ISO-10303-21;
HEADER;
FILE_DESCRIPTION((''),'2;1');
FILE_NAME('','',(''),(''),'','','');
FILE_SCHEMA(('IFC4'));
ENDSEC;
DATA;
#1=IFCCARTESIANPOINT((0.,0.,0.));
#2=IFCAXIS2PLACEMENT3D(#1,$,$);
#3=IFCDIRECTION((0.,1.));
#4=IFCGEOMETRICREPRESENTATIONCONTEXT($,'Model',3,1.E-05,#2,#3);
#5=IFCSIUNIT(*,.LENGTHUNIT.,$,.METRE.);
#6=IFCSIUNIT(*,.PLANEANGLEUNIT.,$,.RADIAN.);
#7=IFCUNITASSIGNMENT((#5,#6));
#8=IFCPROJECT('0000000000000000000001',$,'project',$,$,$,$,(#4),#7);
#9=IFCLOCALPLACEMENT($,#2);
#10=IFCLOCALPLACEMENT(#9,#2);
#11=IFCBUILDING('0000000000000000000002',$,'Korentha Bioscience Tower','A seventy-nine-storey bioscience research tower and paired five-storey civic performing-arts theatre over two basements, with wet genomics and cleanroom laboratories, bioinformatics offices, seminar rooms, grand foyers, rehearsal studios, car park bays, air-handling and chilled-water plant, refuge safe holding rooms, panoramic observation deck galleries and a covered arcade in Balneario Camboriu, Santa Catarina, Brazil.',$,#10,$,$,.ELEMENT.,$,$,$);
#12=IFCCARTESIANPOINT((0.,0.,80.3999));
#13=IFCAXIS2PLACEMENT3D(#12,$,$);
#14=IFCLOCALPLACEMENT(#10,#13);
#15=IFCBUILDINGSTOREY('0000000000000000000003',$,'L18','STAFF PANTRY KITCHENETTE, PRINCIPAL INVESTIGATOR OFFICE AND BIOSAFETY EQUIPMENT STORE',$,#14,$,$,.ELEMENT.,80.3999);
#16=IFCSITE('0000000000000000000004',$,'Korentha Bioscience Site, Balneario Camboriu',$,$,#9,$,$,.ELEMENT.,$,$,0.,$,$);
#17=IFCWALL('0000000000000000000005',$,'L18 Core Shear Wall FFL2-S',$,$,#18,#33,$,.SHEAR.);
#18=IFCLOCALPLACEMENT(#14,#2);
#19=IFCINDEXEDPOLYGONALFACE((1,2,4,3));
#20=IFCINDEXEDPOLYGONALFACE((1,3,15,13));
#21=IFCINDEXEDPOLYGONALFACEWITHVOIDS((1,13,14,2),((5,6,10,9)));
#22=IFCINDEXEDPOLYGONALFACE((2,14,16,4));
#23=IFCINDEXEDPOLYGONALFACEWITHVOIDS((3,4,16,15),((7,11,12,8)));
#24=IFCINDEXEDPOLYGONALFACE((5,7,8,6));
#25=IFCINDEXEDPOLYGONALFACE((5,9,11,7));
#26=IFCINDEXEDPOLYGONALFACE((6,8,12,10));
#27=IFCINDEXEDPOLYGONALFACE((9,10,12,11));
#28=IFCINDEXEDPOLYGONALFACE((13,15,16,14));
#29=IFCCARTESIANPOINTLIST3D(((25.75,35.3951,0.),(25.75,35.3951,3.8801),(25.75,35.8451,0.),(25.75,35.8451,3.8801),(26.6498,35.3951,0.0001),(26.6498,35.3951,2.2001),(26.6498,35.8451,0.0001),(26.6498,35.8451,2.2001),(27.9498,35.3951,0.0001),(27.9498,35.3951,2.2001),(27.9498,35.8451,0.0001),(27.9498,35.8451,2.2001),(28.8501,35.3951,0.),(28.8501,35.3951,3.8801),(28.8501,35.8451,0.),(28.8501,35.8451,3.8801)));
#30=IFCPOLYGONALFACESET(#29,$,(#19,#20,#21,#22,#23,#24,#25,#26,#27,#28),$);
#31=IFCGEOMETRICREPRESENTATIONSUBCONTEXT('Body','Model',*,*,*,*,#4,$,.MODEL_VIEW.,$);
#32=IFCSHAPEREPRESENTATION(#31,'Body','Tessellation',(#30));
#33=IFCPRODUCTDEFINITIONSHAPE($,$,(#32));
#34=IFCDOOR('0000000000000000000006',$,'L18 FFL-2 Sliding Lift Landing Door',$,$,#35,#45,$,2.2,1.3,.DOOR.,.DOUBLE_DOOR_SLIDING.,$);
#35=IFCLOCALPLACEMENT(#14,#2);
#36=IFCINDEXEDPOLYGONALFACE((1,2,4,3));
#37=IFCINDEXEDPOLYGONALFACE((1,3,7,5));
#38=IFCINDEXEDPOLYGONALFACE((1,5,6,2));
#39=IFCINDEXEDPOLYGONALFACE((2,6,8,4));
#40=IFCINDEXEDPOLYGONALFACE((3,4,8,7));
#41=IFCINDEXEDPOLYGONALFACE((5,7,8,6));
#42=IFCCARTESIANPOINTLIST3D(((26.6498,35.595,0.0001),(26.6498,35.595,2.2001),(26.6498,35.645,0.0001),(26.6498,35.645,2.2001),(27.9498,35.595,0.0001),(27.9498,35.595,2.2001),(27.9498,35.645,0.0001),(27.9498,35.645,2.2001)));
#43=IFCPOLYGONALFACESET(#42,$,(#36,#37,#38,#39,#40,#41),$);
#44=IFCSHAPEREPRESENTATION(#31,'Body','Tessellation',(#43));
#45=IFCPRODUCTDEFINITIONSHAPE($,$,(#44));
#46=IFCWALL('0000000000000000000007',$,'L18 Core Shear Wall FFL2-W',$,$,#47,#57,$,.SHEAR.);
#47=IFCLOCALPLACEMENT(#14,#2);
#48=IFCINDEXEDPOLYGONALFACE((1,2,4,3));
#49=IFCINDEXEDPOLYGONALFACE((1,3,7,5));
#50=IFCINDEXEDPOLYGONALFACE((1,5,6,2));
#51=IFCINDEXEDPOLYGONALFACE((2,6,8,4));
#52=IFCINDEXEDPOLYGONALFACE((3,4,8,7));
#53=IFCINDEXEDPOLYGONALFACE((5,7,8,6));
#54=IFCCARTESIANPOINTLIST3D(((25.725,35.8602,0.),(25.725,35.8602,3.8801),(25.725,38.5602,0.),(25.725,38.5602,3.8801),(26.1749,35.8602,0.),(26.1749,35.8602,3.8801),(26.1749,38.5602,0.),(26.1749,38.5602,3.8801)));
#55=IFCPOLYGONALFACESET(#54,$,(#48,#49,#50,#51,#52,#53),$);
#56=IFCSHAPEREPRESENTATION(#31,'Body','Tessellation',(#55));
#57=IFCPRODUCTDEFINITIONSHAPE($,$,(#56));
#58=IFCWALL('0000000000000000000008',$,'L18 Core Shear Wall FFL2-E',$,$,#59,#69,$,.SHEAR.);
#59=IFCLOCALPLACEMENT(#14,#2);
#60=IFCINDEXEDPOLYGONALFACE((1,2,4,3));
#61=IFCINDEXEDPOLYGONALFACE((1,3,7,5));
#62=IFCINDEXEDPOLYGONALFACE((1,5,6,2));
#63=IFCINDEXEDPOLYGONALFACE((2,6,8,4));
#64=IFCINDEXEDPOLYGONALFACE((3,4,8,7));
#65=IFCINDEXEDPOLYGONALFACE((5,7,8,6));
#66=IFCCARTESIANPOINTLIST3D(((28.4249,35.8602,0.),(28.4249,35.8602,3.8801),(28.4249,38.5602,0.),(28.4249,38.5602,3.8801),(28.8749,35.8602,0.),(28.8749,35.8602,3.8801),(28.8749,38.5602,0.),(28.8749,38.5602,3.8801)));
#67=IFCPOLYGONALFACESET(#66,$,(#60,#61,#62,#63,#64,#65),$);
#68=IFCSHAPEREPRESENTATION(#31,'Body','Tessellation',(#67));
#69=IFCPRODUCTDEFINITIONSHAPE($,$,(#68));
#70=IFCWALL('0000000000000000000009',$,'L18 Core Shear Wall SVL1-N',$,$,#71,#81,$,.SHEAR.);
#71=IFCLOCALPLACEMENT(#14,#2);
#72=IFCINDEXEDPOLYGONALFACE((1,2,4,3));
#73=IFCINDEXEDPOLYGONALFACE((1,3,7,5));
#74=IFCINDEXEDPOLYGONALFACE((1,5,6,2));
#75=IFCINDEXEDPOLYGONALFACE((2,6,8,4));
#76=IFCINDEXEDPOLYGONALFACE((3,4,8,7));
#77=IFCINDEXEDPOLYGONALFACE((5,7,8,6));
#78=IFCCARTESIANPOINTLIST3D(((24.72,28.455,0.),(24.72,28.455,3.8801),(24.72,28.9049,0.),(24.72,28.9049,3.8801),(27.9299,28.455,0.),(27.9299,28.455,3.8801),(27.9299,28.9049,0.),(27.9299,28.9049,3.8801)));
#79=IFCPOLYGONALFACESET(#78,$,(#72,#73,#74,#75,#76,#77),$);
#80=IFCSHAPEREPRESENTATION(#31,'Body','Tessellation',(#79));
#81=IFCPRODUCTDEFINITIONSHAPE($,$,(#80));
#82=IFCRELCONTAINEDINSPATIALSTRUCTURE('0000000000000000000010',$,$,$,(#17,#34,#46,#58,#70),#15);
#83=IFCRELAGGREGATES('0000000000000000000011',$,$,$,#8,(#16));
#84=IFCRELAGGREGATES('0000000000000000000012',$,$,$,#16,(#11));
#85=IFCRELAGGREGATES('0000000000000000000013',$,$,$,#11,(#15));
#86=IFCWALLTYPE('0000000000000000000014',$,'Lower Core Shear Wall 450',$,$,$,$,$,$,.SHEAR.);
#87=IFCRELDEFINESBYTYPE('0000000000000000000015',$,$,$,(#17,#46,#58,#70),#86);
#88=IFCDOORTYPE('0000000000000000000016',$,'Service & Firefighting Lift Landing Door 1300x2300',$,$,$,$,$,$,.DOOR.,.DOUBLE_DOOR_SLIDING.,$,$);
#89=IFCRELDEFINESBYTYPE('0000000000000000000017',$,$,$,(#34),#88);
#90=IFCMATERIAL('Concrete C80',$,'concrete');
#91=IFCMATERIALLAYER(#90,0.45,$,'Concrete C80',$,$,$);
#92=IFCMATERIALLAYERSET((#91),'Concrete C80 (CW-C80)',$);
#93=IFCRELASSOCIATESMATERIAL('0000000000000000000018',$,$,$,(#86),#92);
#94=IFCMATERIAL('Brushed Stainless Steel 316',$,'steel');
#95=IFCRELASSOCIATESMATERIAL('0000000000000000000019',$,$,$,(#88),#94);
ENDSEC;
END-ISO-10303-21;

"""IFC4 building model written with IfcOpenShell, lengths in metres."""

from ifc_helpers import new_model, si_unit, direction, frame, frame_2d, origin, place, context, subcontext, project, spatial, rectangle, extrude, material, layer, layer_set, type_object, element, fill, save


model = new_model("IFC4")

# Units and contexts
model_context = context("Model", 3, precision=1e-05, world=origin(), true_north=direction((0.0, 1.0)))
body_context = subcontext(model_context, "Body", "Model", "MODEL_VIEW")
ifc_project = project(units=[si_unit("LENGTHUNIT", "METRE"), si_unit("PLANEANGLEUNIT", "RADIAN")], contexts=[model_context])

# Site, building, storey
site_placement = place(None, origin())
site = spatial("IfcSite", under=ifc_project, at=site_placement, Name="Korentha Bioscience Site, Balneario Camboriu", CompositionType="ELEMENT", RefElevation=0.0)
building_placement = place(site_placement, origin())
building = spatial("IfcBuilding", under=site, at=building_placement, Name="Korentha Bioscience Tower", Description="A seventy-nine-storey bioscience research tower and paired five-storey civic performing-arts theatre over two basements, with wet genomics and cleanroom laboratories, bioinformatics offices, seminar rooms, grand foyers, rehearsal studios, car park bays, air-handling and chilled-water plant, refuge safe holding rooms, panoramic observation deck galleries and a covered arcade in Balneario Camboriu, Santa Catarina, Brazil.", CompositionType="ELEMENT")
storey_placement = place(building_placement, frame((0.0, 0.0, 80.3999)))
storey = spatial("IfcBuildingStorey", under=building, at=storey_placement, Name="L18", Description="STAFF PANTRY KITCHENETTE, PRINCIPAL INVESTIGATOR OFFICE AND BIOSAFETY EQUIPMENT STORE", CompositionType="ELEMENT", Elevation=80.3999)

# Shared definitions
ifc_material_1 = material(Name="Concrete C80", Category="concrete")

# Shared definitions
ifc_layer_1 = layer(ifc_material_1, 0.45, Name="Concrete C80")
ifc_layer_set_1 = layer_set([ifc_layer_1], Name="Concrete C80 (CW-C80)")
wall_type_1 = type_object("IfcWallType", Name="Lower Core Shear Wall 450", PredefinedType="SHEAR", material=ifc_layer_set_1)

# Wall, opening, door
wall_1_placement = place(storey_placement, frame((25.75, 35.6201, 0.0), z_axis=(0.0, 0.0, 1.0), x_axis=(1.0, 0.0, 0.0)))
wall_1 = element("IfcWall", 1, at=wall_1_placement, inside=storey, type_object=wall_type_1, Name="L18 Core Shear Wall FFL2-S", PredefinedType="SHEAR", context=body_context, shape_type="SweptSolid", body=[
    extrude(rectangle(XDim=3.1001, YDim=0.45, at=frame_2d((1.55, 0.0))), origin(), (0.0, 0.0, 1.0), 3.8801),
])
opening_1_placement = place(wall_1_placement, frame((0.8999, 0.0, 0.0)))
opening_1 = element("IfcOpeningElement", 2, at=opening_1_placement, cuts=wall_1, PredefinedType="OPENING", context=body_context, shape_type="SweptSolid", body=[
    extrude(rectangle(XDim=1.3, YDim=2.2, at=frame_2d((0.6499, 1.1001))), frame((0.0, 0.2397, 0.0), z_axis=(0.0, -1.0, 0.0), x_axis=(1.0, 0.0, 0.0)), (0.0, 0.0, 1.0), 0.4797),
])
ifc_material_2 = material(Name="Brushed Stainless Steel 316", Category="steel")
door_type_1 = type_object("IfcDoorType", Name="Service & Firefighting Lift Landing Door 1300x2300", OperationType="DOUBLE_DOOR_SLIDING", PredefinedType="DOOR", material=ifc_material_2)
door_1_placement = place(opening_1_placement, origin())
door_1 = element("IfcDoor", 3, at=door_1_placement, inside=storey, type_object=door_type_1, Name="L18 FFL-2 Sliding Lift Landing Door", OperationType="DOUBLE_DOOR_SLIDING", OverallHeight=2.2, OverallWidth=1.3, PredefinedType="DOOR", context=body_context, shape_type="SweptSolid", body=[
    extrude(rectangle(XDim=1.3, YDim=2.2, at=frame_2d((0.6499, 1.1001))), frame((0.0, 0.0249, 0.0), z_axis=(0.0, -1.0, 0.0), x_axis=(1.0, 0.0, 0.0)), (0.0, 0.0, 1.0), 0.05),
])
fill(opening_1, door_1)

# Walls
for number, where, z_axis, x_axis, name in (
    (4, (25.95, 35.8601, 0.0), (0.0, 0.0, 1.0), (0.0, 1.0, 0.0), "L18 Core Shear Wall FFL2-W"),
    (5, (28.6499, 35.8601, 0.0), (0.0, 0.0, 1.0), (0.0, 1.0, 0.0), "L18 Core Shear Wall FFL2-E"),
):
    element("IfcWall", number, at=place(storey_placement, frame(where, z_axis=z_axis, x_axis=x_axis)), inside=storey, type_object=wall_type_1, Name=name, PredefinedType="SHEAR", context=body_context, shape_type="SweptSolid", body=[
        extrude(rectangle(XDim=2.7, YDim=0.45, at=frame_2d((1.3501, 0.0))), origin(), (0.0, 0.0, 1.0), 3.8801),
    ])
wall_2_placement = place(storey_placement, frame((24.72, 28.6799, 0.0), z_axis=(0.0, 0.0, 1.0), x_axis=(1.0, 0.0, 0.0)))
element("IfcWall", 6, at=wall_2_placement, inside=storey, type_object=wall_type_1, Name="L18 Core Shear Wall SVL1-N", PredefinedType="SHEAR", context=body_context, shape_type="SweptSolid", body=[
    extrude(rectangle(XDim=3.21, YDim=0.45, at=frame_2d((1.605, 0.0))), origin(), (0.0, 0.0, 1.0), 3.8801),
])

save(model, "model.ifc")
